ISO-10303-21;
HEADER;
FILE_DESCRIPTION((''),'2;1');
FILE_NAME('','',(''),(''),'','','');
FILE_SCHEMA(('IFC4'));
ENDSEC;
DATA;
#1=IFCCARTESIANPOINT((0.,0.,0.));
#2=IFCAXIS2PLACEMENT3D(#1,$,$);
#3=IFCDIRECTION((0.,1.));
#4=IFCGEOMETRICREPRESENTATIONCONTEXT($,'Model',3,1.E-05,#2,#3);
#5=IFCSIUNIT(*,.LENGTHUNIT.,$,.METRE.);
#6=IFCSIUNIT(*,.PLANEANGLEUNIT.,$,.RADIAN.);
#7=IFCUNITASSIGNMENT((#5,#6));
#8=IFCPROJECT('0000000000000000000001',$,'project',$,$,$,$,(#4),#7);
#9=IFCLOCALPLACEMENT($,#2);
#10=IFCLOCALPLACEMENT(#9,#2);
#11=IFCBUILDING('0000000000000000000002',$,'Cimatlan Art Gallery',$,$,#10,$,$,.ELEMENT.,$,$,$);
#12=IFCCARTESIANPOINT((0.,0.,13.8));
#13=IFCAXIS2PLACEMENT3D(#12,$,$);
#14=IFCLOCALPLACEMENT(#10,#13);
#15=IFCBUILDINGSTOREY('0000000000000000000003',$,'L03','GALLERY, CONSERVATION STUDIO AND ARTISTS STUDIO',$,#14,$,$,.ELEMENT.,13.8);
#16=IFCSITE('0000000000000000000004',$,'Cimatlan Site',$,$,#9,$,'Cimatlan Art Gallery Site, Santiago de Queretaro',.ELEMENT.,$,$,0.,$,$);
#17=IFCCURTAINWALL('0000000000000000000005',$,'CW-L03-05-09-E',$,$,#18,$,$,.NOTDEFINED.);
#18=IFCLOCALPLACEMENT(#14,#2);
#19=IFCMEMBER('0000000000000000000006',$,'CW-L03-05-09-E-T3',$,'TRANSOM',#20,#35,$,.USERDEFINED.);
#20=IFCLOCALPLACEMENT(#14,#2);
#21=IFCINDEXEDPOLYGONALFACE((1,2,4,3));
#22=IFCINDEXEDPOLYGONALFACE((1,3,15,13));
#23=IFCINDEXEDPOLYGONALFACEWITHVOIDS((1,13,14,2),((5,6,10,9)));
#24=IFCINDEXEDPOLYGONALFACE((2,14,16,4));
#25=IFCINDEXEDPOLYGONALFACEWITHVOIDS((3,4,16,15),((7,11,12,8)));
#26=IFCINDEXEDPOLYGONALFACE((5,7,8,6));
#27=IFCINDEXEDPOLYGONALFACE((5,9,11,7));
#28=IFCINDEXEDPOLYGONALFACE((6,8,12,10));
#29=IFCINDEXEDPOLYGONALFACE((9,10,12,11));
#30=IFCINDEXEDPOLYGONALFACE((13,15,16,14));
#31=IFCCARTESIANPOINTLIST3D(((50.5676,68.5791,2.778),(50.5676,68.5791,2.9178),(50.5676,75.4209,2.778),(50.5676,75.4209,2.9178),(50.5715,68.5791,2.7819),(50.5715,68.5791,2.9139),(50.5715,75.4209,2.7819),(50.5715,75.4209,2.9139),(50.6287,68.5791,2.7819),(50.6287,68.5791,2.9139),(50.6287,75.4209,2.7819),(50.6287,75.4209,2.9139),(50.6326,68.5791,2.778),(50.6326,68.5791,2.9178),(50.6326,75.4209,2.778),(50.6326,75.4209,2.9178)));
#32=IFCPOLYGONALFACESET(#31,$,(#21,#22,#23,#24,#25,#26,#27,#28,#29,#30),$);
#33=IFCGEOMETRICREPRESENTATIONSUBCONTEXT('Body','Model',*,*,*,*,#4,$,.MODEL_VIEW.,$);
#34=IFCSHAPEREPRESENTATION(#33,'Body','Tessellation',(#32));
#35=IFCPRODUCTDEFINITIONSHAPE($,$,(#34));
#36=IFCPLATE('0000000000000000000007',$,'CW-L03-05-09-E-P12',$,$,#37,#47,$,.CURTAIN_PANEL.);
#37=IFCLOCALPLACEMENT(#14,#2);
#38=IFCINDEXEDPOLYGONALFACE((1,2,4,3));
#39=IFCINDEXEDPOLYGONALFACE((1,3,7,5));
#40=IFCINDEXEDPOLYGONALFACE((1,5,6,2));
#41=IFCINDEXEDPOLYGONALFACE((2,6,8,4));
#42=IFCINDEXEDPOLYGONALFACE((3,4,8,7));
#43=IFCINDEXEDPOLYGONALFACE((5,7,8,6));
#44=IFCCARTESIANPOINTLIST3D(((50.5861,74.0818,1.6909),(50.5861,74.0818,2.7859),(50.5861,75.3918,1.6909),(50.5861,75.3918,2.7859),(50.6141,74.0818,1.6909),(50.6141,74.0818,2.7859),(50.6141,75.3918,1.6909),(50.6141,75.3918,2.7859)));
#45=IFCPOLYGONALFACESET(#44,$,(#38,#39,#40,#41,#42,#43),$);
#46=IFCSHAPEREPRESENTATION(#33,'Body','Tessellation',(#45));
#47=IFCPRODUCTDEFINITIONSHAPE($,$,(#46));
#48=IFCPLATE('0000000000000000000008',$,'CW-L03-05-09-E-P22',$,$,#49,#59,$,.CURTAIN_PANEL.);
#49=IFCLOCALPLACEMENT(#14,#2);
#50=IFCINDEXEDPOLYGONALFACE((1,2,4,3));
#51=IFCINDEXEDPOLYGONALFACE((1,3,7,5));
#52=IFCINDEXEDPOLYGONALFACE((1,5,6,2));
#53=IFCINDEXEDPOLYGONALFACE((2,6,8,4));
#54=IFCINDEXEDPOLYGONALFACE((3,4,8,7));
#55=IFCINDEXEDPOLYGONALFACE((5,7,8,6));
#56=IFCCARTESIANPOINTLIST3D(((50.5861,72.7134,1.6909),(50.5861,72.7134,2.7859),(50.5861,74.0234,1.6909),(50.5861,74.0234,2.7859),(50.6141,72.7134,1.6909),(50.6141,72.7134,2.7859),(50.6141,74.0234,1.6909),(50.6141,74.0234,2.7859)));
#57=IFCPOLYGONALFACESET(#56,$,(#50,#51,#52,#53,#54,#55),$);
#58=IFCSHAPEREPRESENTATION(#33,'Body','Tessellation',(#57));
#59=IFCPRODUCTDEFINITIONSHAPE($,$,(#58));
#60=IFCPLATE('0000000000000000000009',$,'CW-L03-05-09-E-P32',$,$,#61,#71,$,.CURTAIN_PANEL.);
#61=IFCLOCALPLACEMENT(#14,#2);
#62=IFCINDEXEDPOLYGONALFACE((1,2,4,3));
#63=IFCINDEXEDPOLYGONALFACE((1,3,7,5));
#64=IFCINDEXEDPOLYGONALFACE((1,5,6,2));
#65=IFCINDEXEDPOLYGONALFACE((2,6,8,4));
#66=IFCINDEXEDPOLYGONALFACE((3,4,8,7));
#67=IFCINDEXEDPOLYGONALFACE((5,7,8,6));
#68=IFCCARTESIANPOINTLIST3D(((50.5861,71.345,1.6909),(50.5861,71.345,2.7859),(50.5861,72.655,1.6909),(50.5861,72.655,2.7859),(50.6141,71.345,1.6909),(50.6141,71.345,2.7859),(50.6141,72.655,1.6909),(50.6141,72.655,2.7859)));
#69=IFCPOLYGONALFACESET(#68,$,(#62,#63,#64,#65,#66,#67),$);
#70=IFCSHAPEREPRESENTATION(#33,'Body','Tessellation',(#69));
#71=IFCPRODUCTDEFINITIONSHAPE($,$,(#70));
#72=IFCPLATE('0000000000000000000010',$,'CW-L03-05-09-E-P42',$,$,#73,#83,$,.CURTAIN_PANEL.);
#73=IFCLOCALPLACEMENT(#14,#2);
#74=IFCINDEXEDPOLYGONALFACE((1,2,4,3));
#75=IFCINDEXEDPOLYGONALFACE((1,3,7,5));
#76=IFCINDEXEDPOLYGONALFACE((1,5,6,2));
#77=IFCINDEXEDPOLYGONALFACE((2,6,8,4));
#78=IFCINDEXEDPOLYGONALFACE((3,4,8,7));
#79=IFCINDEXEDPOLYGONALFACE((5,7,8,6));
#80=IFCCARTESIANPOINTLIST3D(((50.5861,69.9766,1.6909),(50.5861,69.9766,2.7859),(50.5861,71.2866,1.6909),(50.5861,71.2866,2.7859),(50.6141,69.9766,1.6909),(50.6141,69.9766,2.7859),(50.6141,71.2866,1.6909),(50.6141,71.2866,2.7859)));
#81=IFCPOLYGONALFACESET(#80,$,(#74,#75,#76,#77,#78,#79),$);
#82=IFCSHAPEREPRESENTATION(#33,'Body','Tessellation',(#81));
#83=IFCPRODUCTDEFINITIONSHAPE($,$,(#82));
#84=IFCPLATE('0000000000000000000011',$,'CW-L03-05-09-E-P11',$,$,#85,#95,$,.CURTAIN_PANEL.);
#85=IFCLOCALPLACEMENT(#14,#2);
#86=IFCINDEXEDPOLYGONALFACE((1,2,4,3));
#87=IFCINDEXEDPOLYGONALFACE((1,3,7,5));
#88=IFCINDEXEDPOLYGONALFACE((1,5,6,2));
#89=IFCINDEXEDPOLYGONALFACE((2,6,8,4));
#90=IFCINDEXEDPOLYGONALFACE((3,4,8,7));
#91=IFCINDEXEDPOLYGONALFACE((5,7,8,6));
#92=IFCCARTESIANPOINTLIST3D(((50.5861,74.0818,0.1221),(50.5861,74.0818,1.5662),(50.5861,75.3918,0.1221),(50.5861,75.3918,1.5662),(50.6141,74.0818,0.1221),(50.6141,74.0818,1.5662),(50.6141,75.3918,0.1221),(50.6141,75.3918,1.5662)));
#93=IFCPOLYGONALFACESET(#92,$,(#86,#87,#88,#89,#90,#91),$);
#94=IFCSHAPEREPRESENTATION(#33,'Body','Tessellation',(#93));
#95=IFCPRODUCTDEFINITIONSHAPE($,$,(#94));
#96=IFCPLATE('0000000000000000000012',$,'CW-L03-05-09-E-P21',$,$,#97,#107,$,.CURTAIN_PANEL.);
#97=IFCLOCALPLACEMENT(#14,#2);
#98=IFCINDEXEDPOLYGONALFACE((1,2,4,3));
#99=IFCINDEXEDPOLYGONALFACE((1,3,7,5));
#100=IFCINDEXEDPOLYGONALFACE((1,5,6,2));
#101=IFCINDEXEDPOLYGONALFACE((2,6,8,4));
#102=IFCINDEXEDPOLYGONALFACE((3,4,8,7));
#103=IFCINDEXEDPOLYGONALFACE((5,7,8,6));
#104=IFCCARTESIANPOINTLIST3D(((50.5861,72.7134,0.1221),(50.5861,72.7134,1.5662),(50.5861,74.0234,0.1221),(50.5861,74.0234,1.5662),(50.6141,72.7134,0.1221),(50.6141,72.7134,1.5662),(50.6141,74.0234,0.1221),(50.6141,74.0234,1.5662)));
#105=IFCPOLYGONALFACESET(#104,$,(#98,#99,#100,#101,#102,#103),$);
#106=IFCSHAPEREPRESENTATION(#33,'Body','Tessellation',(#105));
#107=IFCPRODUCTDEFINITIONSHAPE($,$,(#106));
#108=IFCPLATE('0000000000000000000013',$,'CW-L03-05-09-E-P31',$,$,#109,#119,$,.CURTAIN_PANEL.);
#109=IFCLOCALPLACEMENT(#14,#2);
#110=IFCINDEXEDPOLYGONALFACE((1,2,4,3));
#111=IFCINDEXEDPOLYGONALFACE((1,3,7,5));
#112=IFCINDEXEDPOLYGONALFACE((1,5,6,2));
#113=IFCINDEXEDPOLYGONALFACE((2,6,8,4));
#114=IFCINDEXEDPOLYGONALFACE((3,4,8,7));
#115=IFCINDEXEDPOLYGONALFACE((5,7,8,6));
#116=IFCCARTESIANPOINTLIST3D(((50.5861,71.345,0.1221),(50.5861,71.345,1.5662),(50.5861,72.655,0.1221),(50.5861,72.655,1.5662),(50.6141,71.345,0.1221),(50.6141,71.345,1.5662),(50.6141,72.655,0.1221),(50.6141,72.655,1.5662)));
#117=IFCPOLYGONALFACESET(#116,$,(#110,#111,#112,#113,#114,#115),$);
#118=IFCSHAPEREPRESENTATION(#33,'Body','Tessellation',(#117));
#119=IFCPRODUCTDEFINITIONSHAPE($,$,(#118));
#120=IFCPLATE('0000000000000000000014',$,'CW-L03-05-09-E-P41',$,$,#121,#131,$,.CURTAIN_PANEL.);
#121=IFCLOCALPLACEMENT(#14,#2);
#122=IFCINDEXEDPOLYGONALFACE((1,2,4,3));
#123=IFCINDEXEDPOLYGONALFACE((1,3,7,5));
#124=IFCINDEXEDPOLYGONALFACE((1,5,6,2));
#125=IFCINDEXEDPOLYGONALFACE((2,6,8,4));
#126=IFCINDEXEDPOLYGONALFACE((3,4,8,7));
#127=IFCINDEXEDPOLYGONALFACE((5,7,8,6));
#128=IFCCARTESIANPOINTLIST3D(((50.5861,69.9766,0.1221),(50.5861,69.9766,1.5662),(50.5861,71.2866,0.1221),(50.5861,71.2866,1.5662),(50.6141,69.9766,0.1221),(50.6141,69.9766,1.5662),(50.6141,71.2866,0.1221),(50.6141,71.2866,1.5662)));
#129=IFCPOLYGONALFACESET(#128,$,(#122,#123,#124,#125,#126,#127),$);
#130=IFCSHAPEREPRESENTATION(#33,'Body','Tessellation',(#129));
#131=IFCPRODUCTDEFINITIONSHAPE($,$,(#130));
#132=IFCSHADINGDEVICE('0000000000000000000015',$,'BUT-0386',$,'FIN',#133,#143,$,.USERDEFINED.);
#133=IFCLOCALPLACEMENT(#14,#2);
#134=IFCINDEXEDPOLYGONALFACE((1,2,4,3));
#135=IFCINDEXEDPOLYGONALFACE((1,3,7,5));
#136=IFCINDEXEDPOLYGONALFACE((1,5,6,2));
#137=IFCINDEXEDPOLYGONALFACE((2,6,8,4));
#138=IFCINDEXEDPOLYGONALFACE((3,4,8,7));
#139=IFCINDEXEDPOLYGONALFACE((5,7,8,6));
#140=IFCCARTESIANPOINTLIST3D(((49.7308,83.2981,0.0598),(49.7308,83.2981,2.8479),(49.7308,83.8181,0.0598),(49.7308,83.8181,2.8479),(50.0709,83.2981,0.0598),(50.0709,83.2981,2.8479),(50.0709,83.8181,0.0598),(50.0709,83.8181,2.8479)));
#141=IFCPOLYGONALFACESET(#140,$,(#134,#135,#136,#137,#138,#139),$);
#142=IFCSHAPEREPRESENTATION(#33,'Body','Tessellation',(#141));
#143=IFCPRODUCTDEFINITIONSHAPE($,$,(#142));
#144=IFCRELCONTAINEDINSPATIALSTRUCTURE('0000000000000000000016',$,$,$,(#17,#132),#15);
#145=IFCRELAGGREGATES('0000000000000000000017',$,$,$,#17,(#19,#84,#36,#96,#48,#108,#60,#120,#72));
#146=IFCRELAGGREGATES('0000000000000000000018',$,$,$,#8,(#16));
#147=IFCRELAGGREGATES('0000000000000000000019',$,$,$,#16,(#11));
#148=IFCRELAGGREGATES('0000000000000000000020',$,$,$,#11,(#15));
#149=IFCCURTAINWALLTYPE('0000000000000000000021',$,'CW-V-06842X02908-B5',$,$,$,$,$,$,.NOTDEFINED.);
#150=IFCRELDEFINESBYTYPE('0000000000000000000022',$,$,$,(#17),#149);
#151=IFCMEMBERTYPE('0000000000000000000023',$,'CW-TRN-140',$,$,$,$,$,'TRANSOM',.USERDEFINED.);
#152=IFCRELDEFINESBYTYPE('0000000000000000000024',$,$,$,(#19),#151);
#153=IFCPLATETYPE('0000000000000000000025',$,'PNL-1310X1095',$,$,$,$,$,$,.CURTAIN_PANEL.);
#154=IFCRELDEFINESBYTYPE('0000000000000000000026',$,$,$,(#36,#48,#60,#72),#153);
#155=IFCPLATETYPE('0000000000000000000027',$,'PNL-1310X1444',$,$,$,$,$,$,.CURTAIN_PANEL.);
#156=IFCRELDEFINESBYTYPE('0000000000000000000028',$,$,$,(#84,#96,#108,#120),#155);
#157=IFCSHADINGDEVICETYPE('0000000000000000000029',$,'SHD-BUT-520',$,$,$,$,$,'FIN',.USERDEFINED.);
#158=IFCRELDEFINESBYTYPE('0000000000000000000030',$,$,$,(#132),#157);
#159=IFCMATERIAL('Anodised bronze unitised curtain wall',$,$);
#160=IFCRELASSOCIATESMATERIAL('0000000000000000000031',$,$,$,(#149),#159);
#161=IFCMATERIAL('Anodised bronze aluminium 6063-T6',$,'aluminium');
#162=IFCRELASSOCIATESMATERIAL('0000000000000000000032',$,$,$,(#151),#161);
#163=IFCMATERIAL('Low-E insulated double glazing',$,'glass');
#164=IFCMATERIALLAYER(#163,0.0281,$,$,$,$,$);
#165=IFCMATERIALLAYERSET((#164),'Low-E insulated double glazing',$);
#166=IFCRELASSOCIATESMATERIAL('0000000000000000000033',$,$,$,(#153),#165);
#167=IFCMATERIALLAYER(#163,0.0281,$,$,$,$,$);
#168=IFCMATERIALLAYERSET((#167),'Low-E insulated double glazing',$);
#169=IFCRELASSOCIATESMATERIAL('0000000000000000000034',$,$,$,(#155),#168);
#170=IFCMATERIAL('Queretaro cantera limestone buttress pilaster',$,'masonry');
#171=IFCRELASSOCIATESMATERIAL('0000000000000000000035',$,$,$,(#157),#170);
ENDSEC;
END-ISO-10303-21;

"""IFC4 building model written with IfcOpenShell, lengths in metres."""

from ifc_helpers import new_model, si_unit, direction, frame, origin, origin_2d, place, context, subcontext, project, spatial, rectangle, hollow_rectangle, extrude, material, layer, layer_set, material_profile, profile_set, type_object, element, aggregate, save


model = new_model("IFC4")

# Units and contexts
model_context = context("Model", 3, precision=1e-05, world=origin(), true_north=direction((0.0, 1.0)))
body_context = subcontext(model_context, "Body", "Model", "MODEL_VIEW")
ifc_project = project(units=[si_unit("LENGTHUNIT", "METRE"), si_unit("PLANEANGLEUNIT", "RADIAN")], contexts=[model_context])

# Site, building, storey
site_placement = place(None, origin())
site = spatial("IfcSite", under=ifc_project, at=site_placement, Name="Cimatlan Site", LongName="Cimatlan Art Gallery Site, Santiago de Queretaro", CompositionType="ELEMENT", RefElevation=0.0)
building_placement = place(site_placement, origin())
building = spatial("IfcBuilding", under=site, at=building_placement, Name="Cimatlan Art Gallery", CompositionType="ELEMENT")
storey_placement = place(building_placement, frame((0.0, 0.0, 13.8)))
storey = spatial("IfcBuildingStorey", under=building, at=storey_placement, Name="L03", Description="GALLERY, CONSERVATION STUDIO AND ARTISTS STUDIO", CompositionType="ELEMENT", Elevation=13.8)

# Curtain wall
ifc_material_1 = material(Name="Anodised bronze unitised curtain wall")
curtain_wall_type_1 = type_object("IfcCurtainWallType", Name="CW-V-06842X02908-B5", PredefinedType="NOTDEFINED", material=ifc_material_1)
curtain_wall_1_placement = place(storey_placement, origin())
curtain_wall_1 = element("IfcCurtainWall", 1, at=curtain_wall_1_placement, inside=storey, type_object=curtain_wall_type_1, Name="CW-L03-05-09-E", PredefinedType="NOTDEFINED")
ifc_material_2 = material(Name="Anodised bronze aluminium 6063-T6", Category="aluminium")

# Member
ifc_material_profile_1 = material_profile(ifc_material_2, hollow_rectangle(XDim=0.0649, YDim=0.1399, WallThickness=0.0039, at=origin_2d()), Name="ALU65X140X4")
ifc_profile_set_1 = profile_set([ifc_material_profile_1], Name="Anodised bronze aluminium 6063-T6")
member_type_1 = type_object("IfcMemberType", Name="CW-TRN-140", ElementType="TRANSOM", PredefinedType="USERDEFINED", material=ifc_profile_set_1)
member_1_placement = place(storey_placement, frame((50.6001, 75.4209, 2.8479), z_axis=(0.0, -1.0, 0.0), x_axis=(1.0, 0.0, 0.0)))
member_1 = element("IfcMember", 2, at=member_1_placement, type_object=member_type_1, Name="CW-L03-05-09-E-T3", ObjectType="TRANSOM", PredefinedType="USERDEFINED", context=body_context, shape_type="SweptSolid", body=[
    extrude(hollow_rectangle(XDim=0.0649, YDim=0.1399, WallThickness=0.0039, at=origin_2d()), origin(), (0.0, 0.0, 1.0), 6.8418),
])

# Plates
ifc_material_3 = material(Name="Low-E insulated double glazing", Category="glass")
ifc_layer_1 = layer(ifc_material_3, 0.0281)
ifc_layer_set_1 = layer_set([ifc_layer_1], Name="Low-E insulated double glazing")
plate_type_1 = type_object("IfcPlateType", Name="PNL-1310X1095", PredefinedType="CURTAIN_PANEL", material=ifc_layer_set_1)
plate_1_placement = place(storey_placement, frame((50.6001, 74.7368, 1.6909), z_axis=(0.0, 0.0, 1.0), x_axis=(0.0, -1.0, 0.0)))
plate_1 = element("IfcPlate", 3, at=plate_1_placement, type_object=plate_type_1, Name="CW-L03-05-09-E-P12", PredefinedType="CURTAIN_PANEL", context=body_context, shape_type="SweptSolid", body=[
    extrude(rectangle(XDim=1.3101, YDim=0.0281, at=origin_2d()), origin(), (0.0, 0.0, 1.0), 1.095),
])
plate_2_placement = place(storey_placement, frame((50.6001, 73.3684, 1.6909), z_axis=(0.0, 0.0, 1.0), x_axis=(0.0, -1.0, 0.0)))
plate_2 = element("IfcPlate", 4, at=plate_2_placement, type_object=plate_type_1, Name="CW-L03-05-09-E-P22", PredefinedType="CURTAIN_PANEL", context=body_context, shape_type="SweptSolid", body=[
    extrude(rectangle(XDim=1.3101, YDim=0.0281, at=origin_2d()), origin(), (0.0, 0.0, 1.0), 1.095),
])
plate_3_placement = place(storey_placement, frame((50.6001, 72.0, 1.6909), z_axis=(0.0, 0.0, 1.0), x_axis=(0.0, -1.0, 0.0)))
plate_3 = element("IfcPlate", 5, at=plate_3_placement, type_object=plate_type_1, Name="CW-L03-05-09-E-P32", PredefinedType="CURTAIN_PANEL", context=body_context, shape_type="SweptSolid", body=[
    extrude(rectangle(XDim=1.3101, YDim=0.0281, at=origin_2d()), origin(), (0.0, 0.0, 1.0), 1.095),
])
plate_4_placement = place(storey_placement, frame((50.6001, 70.6316, 1.6909), z_axis=(0.0, 0.0, 1.0), x_axis=(0.0, -1.0, 0.0)))
plate_4 = element("IfcPlate", 6, at=plate_4_placement, type_object=plate_type_1, Name="CW-L03-05-09-E-P42", PredefinedType="CURTAIN_PANEL", context=body_context, shape_type="SweptSolid", body=[
    extrude(rectangle(XDim=1.3101, YDim=0.0281, at=origin_2d()), origin(), (0.0, 0.0, 1.0), 1.095),
])
ifc_layer_2 = layer(ifc_material_3, 0.0281)
ifc_layer_set_2 = layer_set([ifc_layer_2], Name="Low-E insulated double glazing")
plate_type_2 = type_object("IfcPlateType", Name="PNL-1310X1444", PredefinedType="CURTAIN_PANEL", material=ifc_layer_set_2)
plate_5_placement = place(storey_placement, frame((50.6001, 74.7368, 0.1221), z_axis=(0.0, 0.0, 1.0), x_axis=(0.0, -1.0, 0.0)))
plate_5 = element("IfcPlate", 7, at=plate_5_placement, type_object=plate_type_2, Name="CW-L03-05-09-E-P11", PredefinedType="CURTAIN_PANEL", context=body_context, shape_type="SweptSolid", body=[
    extrude(rectangle(XDim=1.3101, YDim=0.0281, at=origin_2d()), origin(), (0.0, 0.0, 1.0), 1.4441),
])
plate_6_placement = place(storey_placement, frame((50.6001, 73.3684, 0.1221), z_axis=(0.0, 0.0, 1.0), x_axis=(0.0, -1.0, 0.0)))
plate_6 = element("IfcPlate", 8, at=plate_6_placement, type_object=plate_type_2, Name="CW-L03-05-09-E-P21", PredefinedType="CURTAIN_PANEL", context=body_context, shape_type="SweptSolid", body=[
    extrude(rectangle(XDim=1.3101, YDim=0.0281, at=origin_2d()), origin(), (0.0, 0.0, 1.0), 1.4441),
])
plate_7_placement = place(storey_placement, frame((50.6001, 72.0, 0.1221), z_axis=(0.0, 0.0, 1.0), x_axis=(0.0, -1.0, 0.0)))
plate_7 = element("IfcPlate", 9, at=plate_7_placement, type_object=plate_type_2, Name="CW-L03-05-09-E-P31", PredefinedType="CURTAIN_PANEL", context=body_context, shape_type="SweptSolid", body=[
    extrude(rectangle(XDim=1.3101, YDim=0.0281, at=origin_2d()), origin(), (0.0, 0.0, 1.0), 1.4441),
])
plate_8_placement = place(storey_placement, frame((50.6001, 70.6316, 0.1221), z_axis=(0.0, 0.0, 1.0), x_axis=(0.0, -1.0, 0.0)))
plate_8 = element("IfcPlate", 10, at=plate_8_placement, type_object=plate_type_2, Name="CW-L03-05-09-E-P41", PredefinedType="CURTAIN_PANEL", context=body_context, shape_type="SweptSolid", body=[
    extrude(rectangle(XDim=1.3101, YDim=0.0281, at=origin_2d()), origin(), (0.0, 0.0, 1.0), 1.4441),
])
aggregate(curtain_wall_1, [member_1, plate_5, plate_1, plate_6, plate_2, plate_7, plate_3, plate_8, plate_4])

# Shading device
ifc_material_4 = material(Name="Queretaro cantera limestone buttress pilaster", Category="masonry")
shading_device_type = type_object("IfcShadingDeviceType", Name="SHD-BUT-520", ElementType="FIN", PredefinedType="USERDEFINED", material=ifc_material_4)
shading_device_placement = place(storey_placement, frame((49.9009, 83.5581, 0.0598), z_axis=(0.0, 0.0, 1.0), x_axis=(1.0, 0.0, 0.0)))
element("IfcShadingDevice", 11, at=shading_device_placement, inside=storey, type_object=shading_device_type, Name="BUT-0386", ObjectType="FIN", PredefinedType="USERDEFINED", context=body_context, shape_type="SweptSolid", body=[
    extrude(rectangle(XDim=0.3401, YDim=0.52, at=origin_2d()), origin(), (0.0, 0.0, 1.0), 2.7881),
])

save(model, "model.ifc")
